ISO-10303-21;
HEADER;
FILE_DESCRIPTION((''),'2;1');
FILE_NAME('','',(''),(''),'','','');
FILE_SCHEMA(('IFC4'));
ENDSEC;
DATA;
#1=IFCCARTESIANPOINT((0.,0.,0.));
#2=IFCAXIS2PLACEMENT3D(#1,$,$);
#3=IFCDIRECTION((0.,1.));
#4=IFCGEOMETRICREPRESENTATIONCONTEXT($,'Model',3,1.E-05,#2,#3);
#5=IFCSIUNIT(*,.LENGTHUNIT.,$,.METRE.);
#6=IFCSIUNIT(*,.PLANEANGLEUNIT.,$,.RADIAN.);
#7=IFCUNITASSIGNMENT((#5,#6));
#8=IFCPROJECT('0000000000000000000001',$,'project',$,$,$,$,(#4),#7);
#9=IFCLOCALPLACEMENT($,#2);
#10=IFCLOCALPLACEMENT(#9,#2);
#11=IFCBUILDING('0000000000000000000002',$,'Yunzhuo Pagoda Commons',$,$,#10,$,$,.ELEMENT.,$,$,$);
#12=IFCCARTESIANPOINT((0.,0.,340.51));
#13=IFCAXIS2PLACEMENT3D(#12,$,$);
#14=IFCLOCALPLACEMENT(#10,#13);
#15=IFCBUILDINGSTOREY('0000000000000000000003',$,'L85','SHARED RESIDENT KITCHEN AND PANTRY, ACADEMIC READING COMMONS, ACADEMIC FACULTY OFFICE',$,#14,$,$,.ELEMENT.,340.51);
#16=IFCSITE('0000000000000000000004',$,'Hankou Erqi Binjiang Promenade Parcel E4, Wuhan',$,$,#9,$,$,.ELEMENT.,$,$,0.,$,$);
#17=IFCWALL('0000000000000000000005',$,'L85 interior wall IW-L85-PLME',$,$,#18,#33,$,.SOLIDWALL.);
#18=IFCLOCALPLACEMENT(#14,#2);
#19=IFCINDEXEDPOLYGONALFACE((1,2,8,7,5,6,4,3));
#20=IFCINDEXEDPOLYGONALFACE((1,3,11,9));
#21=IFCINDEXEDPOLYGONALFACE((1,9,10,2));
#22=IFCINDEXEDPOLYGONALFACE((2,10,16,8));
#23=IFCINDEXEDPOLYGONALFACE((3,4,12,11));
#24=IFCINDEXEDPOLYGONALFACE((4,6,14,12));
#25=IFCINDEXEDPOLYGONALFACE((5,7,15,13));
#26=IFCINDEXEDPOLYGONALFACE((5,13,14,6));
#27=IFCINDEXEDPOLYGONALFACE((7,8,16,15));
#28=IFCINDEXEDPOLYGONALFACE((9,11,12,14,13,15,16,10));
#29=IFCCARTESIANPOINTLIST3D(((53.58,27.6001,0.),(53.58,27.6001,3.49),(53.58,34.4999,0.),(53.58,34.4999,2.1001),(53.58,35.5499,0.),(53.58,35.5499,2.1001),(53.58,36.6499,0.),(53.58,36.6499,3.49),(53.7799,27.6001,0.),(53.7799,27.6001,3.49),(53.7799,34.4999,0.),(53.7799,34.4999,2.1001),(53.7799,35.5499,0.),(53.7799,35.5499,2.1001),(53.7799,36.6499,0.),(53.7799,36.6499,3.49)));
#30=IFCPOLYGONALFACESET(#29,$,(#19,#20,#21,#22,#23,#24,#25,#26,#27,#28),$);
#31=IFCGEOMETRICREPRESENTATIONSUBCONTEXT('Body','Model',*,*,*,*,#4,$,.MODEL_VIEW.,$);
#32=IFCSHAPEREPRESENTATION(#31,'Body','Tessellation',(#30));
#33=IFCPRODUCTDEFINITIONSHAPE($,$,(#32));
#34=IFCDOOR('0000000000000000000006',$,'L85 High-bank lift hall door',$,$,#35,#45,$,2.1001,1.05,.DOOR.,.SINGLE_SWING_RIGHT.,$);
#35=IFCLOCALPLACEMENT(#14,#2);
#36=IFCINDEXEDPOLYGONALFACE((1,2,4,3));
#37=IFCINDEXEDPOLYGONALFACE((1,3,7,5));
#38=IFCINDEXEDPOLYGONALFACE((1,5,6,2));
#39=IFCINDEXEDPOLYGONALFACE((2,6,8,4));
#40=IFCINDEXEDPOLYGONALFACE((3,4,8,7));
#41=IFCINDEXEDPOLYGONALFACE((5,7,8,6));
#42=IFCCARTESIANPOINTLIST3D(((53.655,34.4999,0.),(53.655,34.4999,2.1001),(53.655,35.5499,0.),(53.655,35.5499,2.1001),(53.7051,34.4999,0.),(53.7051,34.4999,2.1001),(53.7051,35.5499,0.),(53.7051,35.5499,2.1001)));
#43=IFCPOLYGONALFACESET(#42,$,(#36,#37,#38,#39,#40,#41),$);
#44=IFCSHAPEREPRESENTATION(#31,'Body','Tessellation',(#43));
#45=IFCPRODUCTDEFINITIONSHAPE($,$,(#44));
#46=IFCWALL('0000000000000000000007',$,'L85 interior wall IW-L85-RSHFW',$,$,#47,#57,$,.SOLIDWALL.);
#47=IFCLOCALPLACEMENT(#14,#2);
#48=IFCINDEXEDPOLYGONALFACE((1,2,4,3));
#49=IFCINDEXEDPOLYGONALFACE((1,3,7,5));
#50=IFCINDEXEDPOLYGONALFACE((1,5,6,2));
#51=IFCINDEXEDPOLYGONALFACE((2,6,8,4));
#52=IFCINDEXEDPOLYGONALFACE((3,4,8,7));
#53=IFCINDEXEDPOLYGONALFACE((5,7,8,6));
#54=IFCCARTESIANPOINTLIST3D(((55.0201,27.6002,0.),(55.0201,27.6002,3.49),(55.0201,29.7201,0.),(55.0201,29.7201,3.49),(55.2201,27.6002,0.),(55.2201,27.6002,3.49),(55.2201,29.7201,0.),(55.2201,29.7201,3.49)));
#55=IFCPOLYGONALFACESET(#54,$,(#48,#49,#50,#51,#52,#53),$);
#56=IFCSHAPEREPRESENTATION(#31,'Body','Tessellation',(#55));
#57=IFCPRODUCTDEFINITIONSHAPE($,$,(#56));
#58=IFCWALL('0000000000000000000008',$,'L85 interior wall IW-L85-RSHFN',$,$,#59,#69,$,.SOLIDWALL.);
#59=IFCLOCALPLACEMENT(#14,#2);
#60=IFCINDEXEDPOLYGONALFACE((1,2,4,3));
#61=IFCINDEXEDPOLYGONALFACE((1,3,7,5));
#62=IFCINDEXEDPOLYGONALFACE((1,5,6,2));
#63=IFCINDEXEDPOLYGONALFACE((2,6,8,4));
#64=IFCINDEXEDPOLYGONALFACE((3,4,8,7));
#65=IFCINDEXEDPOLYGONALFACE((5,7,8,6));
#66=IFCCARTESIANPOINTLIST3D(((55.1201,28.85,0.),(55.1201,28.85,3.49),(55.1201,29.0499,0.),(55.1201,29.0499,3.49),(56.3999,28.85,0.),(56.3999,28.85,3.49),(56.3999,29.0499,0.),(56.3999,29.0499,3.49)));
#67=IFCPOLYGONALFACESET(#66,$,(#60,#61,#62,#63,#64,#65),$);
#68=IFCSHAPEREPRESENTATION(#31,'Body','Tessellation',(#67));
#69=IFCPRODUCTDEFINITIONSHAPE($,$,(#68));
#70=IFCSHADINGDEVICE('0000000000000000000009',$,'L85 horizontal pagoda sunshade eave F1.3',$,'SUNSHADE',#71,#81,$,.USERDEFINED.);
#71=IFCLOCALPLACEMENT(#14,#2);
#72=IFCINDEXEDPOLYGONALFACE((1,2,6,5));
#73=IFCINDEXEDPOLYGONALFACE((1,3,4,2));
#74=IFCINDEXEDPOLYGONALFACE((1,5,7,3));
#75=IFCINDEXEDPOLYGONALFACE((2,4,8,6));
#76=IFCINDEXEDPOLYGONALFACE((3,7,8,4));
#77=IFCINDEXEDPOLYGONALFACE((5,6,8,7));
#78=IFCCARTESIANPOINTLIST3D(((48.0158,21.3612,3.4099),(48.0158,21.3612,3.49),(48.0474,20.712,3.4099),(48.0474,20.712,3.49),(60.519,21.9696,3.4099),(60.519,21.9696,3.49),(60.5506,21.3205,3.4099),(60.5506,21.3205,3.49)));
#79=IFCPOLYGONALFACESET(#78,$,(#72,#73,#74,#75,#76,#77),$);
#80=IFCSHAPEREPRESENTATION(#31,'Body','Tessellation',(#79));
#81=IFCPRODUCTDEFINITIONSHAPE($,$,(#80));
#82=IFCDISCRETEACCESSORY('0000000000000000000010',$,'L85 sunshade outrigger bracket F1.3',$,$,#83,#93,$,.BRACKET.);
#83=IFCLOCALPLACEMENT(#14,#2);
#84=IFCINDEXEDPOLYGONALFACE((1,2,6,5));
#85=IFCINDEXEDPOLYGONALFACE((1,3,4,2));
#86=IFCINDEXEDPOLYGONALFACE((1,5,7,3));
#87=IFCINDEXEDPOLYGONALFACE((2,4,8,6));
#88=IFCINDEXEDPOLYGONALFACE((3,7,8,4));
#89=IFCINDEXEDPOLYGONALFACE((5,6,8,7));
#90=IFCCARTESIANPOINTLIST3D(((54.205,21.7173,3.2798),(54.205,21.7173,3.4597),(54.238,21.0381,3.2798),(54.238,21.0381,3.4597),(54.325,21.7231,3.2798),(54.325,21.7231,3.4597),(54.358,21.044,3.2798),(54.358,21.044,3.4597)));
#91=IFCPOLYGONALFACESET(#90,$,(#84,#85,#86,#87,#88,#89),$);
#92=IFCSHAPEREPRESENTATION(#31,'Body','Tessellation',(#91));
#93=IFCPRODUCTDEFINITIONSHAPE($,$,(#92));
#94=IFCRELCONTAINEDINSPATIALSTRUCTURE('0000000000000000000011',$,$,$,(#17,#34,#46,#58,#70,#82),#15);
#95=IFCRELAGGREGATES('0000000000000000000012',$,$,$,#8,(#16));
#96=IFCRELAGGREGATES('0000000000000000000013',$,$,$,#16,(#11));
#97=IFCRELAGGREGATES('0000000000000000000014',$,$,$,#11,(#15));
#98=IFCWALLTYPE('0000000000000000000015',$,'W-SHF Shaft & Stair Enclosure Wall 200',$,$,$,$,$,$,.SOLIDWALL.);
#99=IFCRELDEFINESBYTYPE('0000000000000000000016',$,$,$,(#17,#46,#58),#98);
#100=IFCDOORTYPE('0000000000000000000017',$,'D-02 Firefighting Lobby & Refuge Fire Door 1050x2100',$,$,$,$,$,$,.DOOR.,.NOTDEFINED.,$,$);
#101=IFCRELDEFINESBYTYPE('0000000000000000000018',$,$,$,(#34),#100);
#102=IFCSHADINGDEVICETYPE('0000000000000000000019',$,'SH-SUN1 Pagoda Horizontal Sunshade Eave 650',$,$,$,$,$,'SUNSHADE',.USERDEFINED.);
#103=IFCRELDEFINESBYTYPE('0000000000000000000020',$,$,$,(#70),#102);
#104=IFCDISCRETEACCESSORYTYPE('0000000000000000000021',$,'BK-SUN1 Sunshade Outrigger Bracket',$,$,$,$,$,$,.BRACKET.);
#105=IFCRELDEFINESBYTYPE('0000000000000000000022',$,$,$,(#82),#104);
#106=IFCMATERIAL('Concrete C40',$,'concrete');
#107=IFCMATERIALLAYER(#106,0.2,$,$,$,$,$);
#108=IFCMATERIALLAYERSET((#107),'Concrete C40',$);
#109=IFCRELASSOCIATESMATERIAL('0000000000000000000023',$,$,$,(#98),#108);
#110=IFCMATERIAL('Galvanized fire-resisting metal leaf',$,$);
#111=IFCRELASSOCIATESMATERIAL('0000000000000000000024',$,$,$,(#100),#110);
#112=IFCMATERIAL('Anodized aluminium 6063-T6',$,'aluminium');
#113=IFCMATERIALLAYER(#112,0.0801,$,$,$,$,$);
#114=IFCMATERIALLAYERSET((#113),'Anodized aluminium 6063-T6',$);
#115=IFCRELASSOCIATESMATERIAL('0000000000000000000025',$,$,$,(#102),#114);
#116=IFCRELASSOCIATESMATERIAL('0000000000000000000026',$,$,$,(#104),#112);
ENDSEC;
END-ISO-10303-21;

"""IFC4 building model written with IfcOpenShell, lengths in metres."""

from ifc_helpers import new_model, si_unit, direction, frame, frame_2d, origin, origin_with_axes, origin_2d, place, context, subcontext, project, spatial, rectangle, extrude, source, transform, mapped, material, layer, layer_set, type_object, element, fill, save


model = new_model("IFC4")

# Units and contexts
model_context = context("Model", 3, precision=1e-05, world=origin(), true_north=direction((0.0, 1.0)))
body_context = subcontext(model_context, "Body", "Model", "MODEL_VIEW")
ifc_project = project(units=[si_unit("LENGTHUNIT", "METRE"), si_unit("PLANEANGLEUNIT", "RADIAN")], contexts=[model_context])

# Site, building, storey
site_placement = place(None, origin())
site = spatial("IfcSite", under=ifc_project, at=site_placement, Name="Hankou Erqi Binjiang Promenade Parcel E4, Wuhan", CompositionType="ELEMENT", RefElevation=0.0)
building_placement = place(site_placement, origin())
building = spatial("IfcBuilding", under=site, at=building_placement, Name="Yunzhuo Pagoda Commons", CompositionType="ELEMENT")
storey_placement = place(building_placement, frame((0.0, 0.0, 340.51)))
storey = spatial("IfcBuildingStorey", under=building, at=storey_placement, Name="L85", Description="SHARED RESIDENT KITCHEN AND PANTRY, ACADEMIC READING COMMONS, ACADEMIC FACULTY OFFICE", CompositionType="ELEMENT", Elevation=340.51)

# Shared definitions
ifc_material_1 = material(Name="Anodized aluminium 6063-T6", Category="aluminium")

# Wall, opening, door
ifc_material_2 = material(Name="Galvanized fire-resisting metal leaf")
ifc_material_3 = material(Name="Concrete C40", Category="concrete")
ifc_layer_1 = layer(ifc_material_3, 0.2)
ifc_layer_set_1 = layer_set([ifc_layer_1], Name="Concrete C40")
wall_type_1 = type_object("IfcWallType", Name="W-SHF Shaft & Stair Enclosure Wall 200", PredefinedType="SOLIDWALL", material=ifc_layer_set_1)
wall_1_placement = place(storey_placement, frame((53.6799, 27.6001, 0.0), z_axis=(0.0, 0.0, 1.0), x_axis=(0.0, 1.0, 0.0)))
wall_1 = element("IfcWall", 1, at=wall_1_placement, inside=storey, type_object=wall_type_1, Name="L85 interior wall IW-L85-PLME", PredefinedType="SOLIDWALL", context=body_context, shape_type="SweptSolid", body=[
    extrude(rectangle(XDim=9.0498, YDim=0.2, at=frame_2d((4.5249, 0.0))), origin(), (0.0, 0.0, 1.0), 3.49),
])
opening_1_placement = place(wall_1_placement, frame((6.8999, 0.0, 0.0)))
opening_1 = element("IfcOpeningElement", 2, at=opening_1_placement, cuts=wall_1, PredefinedType="OPENING", context=body_context, shape_type="SweptSolid", body=[
    extrude(rectangle(XDim=1.05, YDim=2.1001, at=frame_2d((0.5249, 1.05))), frame((0.0, 0.1099, 0.0), z_axis=(0.0, -1.0, 0.0), x_axis=(1.0, 0.0, 0.0)), (0.0, 0.0, 1.0), 0.22),
])
door_type_1 = type_object("IfcDoorType", Name="D-02 Firefighting Lobby & Refuge Fire Door 1050x2100", OperationType="NOTDEFINED", PredefinedType="DOOR", material=ifc_material_2)
shared_shape_1 = source(origin(), body_context, "Body", "SweptSolid", [
    extrude(rectangle(XDim=1.05, YDim=2.1001, at=frame_2d((0.5249, 1.05))), frame((0.0, 0.0249, 0.0), z_axis=(0.0, -1.0, 0.0), x_axis=(1.0, 0.0, 0.0)), (0.0, 0.0, 1.0), 0.05),
])
door_1_placement = place(opening_1_placement, origin_with_axes())
door_1 = element("IfcDoor", 3, at=door_1_placement, inside=storey, type_object=door_type_1, Name="L85 High-bank lift hall door", OperationType="SINGLE_SWING_RIGHT", OverallHeight=2.1001, OverallWidth=1.05, PredefinedType="DOOR", context=body_context, shape_type="MappedRepresentation", body=[
    mapped(shared_shape_1, transform((0.0, 0.0, 0.0), scale=1.0)),
])
fill(opening_1, door_1)

# Walls
wall_2_placement = place(storey_placement, frame((55.1201, 27.6001, 0.0), z_axis=(0.0, 0.0, 1.0), x_axis=(0.0, 1.0, 0.0)))
element("IfcWall", 4, at=wall_2_placement, inside=storey, type_object=wall_type_1, Name="L85 interior wall IW-L85-RSHFW", PredefinedType="SOLIDWALL", context=body_context, shape_type="SweptSolid", body=[
    extrude(rectangle(XDim=2.1199, YDim=0.2, at=frame_2d((1.0601, 0.0))), origin(), (0.0, 0.0, 1.0), 3.49),
])
wall_3_placement = place(storey_placement, frame((55.1201, 28.95, 0.0), z_axis=(0.0, 0.0, 1.0), x_axis=(1.0, 0.0, 0.0)))
element("IfcWall", 5, at=wall_3_placement, inside=storey, type_object=wall_type_1, Name="L85 interior wall IW-L85-RSHFN", PredefinedType="SOLIDWALL", context=body_context, shape_type="SweptSolid", body=[
    extrude(rectangle(XDim=1.2798, YDim=0.2, at=frame_2d((0.6399, 0.0))), origin(), (0.0, 0.0, 1.0), 3.49),
])

# Shading device
ifc_layer_2 = layer(ifc_material_1, 0.0801)
ifc_layer_set_2 = layer_set([ifc_layer_2], Name="Anodized aluminium 6063-T6")
shading_device_type = type_object("IfcShadingDeviceType", Name="SH-SUN1 Pagoda Horizontal Sunshade Eave 650", ElementType="SUNSHADE", PredefinedType="USERDEFINED", material=ifc_layer_set_2)
shared_shape_2 = source(origin(), body_context, "Body", "SweptSolid", [
    extrude(rectangle(XDim=12.5181, YDim=0.6499, at=origin_2d()), origin(), (0.0, 0.0, 1.0), 0.0801),
])
shading_device_placement = place(storey_placement, frame((54.2832, 21.3408, 3.4099), z_axis=(0.0, 0.0, 1.0), x_axis=(0.998818, 0.048606, 0.0)))
element("IfcShadingDevice", 6, at=shading_device_placement, inside=storey, type_object=shading_device_type, Name="L85 horizontal pagoda sunshade eave F1.3", ObjectType="SUNSHADE", PredefinedType="USERDEFINED", context=body_context, shape_type="MappedRepresentation", body=[
    mapped(shared_shape_2, transform((0.0, 0.0, 0.0), scale=1.0)),
])

# Discrete accessory
discrete_accessory_type = type_object("IfcDiscreteAccessoryType", Name="BK-SUN1 Sunshade Outrigger Bracket", PredefinedType="BRACKET", material=ifc_material_1)
shared_shape_3 = source(origin(), body_context, "Body", "SweptSolid", [
    extrude(rectangle(XDim=0.1201, YDim=0.6799, at=origin_2d()), origin(), (0.0, 0.0, 1.0), 0.1799),
])
discrete_accessory_placement = place(storey_placement, frame((54.2815, 21.3806, 3.2798), z_axis=(0.0, 0.0, 1.0), x_axis=(0.998818, 0.048606, 0.0)))
element("IfcDiscreteAccessory", 7, at=discrete_accessory_placement, inside=storey, type_object=discrete_accessory_type, Name="L85 sunshade outrigger bracket F1.3", PredefinedType="BRACKET", context=body_context, shape_type="MappedRepresentation", body=[
    mapped(shared_shape_3, transform((0.0, 0.0, 0.0), scale=1.0)),
])

save(model, "model.ifc")
